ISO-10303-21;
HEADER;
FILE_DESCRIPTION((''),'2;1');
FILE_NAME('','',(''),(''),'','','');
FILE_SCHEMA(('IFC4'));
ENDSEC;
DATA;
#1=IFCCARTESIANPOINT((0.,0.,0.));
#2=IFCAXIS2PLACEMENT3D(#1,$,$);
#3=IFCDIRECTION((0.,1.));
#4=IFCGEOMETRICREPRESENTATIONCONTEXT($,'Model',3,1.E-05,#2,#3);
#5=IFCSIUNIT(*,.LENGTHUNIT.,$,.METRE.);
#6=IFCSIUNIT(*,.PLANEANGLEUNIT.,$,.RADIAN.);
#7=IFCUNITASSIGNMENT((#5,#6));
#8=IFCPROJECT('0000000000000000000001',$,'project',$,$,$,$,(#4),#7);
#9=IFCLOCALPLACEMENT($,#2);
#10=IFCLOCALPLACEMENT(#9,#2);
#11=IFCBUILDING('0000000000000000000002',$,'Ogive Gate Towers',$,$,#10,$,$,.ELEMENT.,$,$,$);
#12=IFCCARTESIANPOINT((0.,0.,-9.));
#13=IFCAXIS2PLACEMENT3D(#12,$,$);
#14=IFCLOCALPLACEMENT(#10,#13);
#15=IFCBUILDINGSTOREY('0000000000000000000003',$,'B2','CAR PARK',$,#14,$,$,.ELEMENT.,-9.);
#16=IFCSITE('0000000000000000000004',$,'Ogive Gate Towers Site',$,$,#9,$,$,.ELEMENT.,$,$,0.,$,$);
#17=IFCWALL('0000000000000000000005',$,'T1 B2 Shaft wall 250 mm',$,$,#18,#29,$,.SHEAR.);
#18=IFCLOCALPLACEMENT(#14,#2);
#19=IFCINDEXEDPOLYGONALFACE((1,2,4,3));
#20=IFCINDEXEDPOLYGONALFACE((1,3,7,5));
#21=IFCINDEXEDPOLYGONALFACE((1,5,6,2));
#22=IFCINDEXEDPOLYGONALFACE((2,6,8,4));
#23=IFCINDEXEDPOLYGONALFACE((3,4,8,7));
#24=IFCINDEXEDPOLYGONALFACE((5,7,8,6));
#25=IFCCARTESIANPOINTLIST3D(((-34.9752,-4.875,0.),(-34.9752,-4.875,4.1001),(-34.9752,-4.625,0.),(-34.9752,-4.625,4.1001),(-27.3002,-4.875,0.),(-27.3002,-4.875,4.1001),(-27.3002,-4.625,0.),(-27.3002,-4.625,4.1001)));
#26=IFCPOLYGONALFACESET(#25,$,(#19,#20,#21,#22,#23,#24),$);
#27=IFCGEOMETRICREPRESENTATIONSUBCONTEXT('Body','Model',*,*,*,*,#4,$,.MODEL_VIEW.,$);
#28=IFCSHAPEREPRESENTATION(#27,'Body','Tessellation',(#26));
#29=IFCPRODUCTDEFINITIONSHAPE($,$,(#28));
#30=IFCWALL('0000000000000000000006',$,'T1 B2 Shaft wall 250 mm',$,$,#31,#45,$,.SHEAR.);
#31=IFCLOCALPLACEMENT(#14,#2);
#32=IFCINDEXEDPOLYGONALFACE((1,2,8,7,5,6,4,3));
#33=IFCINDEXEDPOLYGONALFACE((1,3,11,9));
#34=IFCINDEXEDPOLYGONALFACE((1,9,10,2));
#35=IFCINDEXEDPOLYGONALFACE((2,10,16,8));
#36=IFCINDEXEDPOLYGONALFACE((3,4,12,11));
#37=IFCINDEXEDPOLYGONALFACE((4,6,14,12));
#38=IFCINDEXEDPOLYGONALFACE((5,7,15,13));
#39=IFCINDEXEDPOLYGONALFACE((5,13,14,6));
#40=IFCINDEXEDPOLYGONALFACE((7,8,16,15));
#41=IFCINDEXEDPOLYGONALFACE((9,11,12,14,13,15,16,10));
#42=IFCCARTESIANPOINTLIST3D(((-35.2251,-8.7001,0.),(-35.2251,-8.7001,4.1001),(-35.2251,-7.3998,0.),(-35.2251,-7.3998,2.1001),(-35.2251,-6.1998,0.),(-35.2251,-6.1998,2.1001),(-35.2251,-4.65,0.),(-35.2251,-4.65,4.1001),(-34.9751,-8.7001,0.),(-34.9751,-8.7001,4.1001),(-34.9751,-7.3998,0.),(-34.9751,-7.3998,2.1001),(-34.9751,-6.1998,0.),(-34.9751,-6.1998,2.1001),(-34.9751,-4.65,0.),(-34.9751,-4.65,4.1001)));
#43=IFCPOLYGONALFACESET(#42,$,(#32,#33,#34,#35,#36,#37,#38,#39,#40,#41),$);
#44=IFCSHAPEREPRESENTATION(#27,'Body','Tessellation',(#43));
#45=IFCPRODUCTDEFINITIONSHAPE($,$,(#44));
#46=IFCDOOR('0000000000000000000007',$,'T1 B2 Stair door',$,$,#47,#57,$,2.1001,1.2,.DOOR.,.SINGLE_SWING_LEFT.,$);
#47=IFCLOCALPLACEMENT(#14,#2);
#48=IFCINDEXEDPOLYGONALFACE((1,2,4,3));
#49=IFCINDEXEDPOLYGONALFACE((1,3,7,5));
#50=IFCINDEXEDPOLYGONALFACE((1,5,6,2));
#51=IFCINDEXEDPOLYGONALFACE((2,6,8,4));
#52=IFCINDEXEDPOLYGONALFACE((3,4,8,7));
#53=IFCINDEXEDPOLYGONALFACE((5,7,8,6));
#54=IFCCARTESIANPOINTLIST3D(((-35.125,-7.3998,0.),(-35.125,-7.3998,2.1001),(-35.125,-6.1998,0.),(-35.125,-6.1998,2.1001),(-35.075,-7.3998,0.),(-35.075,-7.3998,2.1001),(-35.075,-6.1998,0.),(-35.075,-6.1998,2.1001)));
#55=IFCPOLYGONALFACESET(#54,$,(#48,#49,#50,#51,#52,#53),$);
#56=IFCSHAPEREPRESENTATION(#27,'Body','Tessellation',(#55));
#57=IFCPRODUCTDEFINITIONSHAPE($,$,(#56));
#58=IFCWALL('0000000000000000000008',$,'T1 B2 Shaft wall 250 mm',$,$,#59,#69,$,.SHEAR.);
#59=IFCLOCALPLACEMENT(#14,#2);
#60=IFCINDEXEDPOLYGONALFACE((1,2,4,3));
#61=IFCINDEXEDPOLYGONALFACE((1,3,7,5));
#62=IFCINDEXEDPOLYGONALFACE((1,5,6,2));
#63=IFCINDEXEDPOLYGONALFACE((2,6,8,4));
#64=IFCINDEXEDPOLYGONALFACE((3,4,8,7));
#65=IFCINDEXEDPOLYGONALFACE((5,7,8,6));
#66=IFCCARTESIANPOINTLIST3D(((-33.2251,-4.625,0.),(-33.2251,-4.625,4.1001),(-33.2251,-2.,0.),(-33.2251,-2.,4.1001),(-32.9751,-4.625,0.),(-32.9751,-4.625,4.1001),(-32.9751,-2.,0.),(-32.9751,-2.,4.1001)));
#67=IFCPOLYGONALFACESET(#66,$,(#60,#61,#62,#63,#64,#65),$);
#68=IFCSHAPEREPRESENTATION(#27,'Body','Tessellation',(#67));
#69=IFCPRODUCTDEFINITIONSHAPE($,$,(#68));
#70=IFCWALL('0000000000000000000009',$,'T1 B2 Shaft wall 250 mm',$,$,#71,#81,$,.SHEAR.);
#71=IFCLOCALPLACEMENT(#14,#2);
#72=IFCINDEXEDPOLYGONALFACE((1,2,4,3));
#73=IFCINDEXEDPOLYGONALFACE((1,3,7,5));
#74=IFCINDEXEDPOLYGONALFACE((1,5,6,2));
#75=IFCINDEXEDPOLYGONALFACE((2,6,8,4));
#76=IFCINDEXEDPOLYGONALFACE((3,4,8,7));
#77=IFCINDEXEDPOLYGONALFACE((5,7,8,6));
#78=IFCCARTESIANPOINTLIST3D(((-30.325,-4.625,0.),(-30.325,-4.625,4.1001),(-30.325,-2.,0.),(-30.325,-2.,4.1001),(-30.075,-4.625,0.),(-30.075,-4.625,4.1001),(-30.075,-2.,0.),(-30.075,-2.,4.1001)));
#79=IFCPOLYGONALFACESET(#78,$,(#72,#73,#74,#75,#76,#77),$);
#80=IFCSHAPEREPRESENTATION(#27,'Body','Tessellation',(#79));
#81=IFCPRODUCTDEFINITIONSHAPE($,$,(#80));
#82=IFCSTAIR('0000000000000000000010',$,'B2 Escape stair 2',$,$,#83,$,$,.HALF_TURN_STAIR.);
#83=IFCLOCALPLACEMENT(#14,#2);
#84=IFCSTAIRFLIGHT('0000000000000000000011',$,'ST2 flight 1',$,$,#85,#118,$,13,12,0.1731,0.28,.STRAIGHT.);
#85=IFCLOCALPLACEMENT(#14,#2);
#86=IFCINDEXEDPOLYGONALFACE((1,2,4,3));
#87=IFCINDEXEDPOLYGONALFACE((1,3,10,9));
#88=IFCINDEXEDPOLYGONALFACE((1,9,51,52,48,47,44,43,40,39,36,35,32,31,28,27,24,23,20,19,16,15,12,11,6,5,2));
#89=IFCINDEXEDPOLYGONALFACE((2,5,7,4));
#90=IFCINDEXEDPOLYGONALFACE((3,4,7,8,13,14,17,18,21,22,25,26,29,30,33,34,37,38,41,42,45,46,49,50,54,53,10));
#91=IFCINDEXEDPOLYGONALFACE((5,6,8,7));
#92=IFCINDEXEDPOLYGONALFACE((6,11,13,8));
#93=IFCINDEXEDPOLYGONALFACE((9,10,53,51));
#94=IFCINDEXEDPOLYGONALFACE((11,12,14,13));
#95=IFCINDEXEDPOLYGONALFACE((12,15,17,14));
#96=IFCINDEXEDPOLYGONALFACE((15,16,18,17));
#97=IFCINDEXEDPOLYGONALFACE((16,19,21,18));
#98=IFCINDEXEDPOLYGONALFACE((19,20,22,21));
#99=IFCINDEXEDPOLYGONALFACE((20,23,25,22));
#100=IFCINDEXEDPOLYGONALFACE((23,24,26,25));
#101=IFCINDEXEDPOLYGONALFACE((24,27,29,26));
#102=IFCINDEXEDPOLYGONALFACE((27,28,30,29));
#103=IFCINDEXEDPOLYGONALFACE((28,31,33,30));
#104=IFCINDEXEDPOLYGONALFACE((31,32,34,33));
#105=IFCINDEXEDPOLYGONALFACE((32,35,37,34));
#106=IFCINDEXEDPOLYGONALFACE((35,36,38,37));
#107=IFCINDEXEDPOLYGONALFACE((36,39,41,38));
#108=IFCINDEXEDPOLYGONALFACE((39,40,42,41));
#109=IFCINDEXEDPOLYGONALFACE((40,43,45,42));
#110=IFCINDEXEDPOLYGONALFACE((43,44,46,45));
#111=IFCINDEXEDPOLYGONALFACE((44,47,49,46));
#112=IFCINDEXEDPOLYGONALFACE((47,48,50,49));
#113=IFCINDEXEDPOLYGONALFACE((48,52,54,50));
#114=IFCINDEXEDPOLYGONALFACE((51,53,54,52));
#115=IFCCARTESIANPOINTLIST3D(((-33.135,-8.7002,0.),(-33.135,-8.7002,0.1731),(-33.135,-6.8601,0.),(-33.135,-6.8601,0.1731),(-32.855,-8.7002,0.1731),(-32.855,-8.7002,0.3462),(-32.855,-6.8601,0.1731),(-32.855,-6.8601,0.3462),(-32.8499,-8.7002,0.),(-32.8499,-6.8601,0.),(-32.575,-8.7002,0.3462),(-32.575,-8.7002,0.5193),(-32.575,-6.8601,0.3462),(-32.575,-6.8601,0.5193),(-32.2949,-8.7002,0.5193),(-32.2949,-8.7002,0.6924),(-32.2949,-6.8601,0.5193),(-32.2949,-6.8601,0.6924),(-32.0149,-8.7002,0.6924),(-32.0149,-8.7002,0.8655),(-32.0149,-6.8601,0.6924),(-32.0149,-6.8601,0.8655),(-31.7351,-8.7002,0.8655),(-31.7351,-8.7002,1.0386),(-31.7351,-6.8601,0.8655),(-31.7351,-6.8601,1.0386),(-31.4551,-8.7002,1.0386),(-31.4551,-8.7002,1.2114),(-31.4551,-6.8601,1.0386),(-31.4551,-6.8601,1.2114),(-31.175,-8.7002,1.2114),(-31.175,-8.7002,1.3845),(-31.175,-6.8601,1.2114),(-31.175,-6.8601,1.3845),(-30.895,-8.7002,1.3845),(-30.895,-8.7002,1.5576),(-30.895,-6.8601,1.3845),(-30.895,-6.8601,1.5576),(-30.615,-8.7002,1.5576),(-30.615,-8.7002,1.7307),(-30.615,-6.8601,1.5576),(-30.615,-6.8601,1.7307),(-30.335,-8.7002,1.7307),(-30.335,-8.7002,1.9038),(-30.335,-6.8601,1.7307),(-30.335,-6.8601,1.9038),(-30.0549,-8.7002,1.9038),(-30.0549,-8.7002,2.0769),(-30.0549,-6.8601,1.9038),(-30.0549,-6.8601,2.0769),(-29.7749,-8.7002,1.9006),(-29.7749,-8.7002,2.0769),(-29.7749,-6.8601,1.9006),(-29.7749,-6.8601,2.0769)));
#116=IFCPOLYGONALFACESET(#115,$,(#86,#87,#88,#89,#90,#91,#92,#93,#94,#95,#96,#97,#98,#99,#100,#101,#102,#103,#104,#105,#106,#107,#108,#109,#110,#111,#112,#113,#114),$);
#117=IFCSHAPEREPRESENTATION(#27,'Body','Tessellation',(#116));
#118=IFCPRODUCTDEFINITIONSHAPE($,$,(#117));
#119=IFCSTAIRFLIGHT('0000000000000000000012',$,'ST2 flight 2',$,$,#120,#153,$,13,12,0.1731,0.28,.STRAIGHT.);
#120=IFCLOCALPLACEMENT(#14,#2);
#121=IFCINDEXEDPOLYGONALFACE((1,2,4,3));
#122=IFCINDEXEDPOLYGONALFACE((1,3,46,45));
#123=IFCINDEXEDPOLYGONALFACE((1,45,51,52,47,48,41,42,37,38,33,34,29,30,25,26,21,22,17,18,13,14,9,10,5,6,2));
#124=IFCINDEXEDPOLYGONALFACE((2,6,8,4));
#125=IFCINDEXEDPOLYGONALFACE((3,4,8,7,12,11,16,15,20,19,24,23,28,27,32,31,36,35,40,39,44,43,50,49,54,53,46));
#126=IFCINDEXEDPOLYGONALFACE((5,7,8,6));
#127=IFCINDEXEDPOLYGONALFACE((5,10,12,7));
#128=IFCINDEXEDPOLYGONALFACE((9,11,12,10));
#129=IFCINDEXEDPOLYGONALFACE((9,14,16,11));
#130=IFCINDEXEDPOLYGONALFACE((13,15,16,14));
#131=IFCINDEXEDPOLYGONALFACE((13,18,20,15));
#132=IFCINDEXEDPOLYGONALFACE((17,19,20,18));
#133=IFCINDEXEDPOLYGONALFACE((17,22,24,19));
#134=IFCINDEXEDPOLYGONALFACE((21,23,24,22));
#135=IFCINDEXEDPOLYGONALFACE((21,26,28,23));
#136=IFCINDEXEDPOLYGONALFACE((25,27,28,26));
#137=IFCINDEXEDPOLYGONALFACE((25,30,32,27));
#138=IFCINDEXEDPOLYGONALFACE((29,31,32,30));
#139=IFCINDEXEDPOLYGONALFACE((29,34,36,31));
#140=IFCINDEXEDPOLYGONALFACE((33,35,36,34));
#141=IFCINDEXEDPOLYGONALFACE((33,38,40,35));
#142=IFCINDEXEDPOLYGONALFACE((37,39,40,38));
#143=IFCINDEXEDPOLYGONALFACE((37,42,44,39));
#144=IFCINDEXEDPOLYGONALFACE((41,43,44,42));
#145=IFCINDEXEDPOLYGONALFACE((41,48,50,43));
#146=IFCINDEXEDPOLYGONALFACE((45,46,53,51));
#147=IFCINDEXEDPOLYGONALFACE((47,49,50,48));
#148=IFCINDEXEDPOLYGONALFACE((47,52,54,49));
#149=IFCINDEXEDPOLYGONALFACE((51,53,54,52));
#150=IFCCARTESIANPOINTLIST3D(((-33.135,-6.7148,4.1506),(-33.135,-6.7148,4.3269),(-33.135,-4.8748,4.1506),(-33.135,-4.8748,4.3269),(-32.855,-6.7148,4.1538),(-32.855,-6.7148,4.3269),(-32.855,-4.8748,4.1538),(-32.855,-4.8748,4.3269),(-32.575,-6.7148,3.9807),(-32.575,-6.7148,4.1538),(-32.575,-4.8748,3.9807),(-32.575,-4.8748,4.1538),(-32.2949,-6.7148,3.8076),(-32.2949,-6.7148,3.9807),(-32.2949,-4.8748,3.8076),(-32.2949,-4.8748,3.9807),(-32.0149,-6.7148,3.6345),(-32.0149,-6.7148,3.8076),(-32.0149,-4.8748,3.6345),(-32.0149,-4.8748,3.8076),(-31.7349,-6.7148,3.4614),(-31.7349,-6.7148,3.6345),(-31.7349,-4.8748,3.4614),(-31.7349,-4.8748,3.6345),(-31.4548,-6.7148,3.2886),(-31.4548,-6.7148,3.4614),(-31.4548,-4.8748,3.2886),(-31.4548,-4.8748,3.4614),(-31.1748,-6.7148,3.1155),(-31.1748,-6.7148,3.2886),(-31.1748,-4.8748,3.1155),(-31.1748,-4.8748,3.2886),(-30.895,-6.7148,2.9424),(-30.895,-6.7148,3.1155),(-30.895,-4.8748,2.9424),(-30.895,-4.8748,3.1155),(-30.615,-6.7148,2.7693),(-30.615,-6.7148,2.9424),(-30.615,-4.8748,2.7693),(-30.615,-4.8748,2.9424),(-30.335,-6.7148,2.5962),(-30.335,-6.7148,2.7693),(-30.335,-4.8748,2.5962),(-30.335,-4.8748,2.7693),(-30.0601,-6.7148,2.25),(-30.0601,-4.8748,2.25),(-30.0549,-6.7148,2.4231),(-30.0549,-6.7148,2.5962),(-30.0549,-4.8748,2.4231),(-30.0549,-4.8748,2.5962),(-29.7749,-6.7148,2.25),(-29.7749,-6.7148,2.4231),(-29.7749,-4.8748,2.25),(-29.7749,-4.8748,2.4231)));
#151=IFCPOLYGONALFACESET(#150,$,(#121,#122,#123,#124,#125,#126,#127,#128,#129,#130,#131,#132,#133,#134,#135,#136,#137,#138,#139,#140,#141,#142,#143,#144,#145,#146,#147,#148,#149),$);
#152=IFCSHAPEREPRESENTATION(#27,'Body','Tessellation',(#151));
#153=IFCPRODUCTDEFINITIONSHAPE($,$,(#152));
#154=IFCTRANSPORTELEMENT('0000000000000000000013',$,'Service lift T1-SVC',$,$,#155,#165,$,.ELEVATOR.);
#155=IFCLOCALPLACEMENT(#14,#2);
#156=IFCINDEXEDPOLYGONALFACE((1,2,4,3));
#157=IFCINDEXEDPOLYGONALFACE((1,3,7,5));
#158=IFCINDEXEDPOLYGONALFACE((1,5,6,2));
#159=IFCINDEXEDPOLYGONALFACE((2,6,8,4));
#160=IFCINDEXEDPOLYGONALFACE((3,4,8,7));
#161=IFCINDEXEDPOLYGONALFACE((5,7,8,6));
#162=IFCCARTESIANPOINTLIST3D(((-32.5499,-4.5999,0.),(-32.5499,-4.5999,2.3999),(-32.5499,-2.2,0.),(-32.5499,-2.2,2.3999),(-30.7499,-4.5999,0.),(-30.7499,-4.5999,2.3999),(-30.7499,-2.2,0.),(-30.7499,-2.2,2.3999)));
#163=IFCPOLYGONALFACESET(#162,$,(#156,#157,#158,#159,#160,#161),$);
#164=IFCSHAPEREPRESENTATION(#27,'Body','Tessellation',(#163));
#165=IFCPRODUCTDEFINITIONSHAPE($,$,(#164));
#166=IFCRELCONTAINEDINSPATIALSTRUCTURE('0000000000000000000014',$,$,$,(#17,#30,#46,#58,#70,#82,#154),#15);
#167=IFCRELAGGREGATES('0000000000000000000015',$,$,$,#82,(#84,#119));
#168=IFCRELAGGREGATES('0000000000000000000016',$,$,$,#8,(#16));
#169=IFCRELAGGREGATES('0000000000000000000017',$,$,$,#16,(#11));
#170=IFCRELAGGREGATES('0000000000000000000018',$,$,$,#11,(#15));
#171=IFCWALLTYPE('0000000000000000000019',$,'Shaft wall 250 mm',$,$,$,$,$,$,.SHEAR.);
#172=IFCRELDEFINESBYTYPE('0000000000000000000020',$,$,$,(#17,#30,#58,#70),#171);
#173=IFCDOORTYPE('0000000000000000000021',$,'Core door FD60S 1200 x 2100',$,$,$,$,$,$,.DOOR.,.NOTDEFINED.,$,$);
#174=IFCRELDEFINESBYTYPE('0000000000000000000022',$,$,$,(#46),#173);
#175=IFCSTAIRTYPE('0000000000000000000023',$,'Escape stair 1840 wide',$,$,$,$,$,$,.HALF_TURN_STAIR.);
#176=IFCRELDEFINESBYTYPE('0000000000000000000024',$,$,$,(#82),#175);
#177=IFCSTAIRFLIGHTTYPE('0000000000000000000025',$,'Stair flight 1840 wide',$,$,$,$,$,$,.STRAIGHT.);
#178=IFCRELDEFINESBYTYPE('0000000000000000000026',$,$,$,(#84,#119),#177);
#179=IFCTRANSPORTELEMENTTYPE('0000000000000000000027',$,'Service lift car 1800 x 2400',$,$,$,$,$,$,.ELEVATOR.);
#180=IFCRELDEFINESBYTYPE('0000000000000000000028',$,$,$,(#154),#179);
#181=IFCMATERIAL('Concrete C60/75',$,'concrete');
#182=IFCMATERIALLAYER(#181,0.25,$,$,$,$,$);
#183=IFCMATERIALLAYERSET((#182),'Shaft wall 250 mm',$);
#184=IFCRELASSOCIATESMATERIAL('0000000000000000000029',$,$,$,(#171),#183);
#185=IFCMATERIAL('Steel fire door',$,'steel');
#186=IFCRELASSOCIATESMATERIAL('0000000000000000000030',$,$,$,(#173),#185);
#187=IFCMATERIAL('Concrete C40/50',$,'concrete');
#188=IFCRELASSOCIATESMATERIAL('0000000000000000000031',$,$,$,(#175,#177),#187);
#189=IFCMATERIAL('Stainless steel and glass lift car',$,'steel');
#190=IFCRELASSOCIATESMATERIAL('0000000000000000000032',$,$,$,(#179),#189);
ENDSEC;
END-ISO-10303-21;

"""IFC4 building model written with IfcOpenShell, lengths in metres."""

from ifc_helpers import new_model, si_unit, direction, frame, frame_2d, origin, origin_2d, place, context, subcontext, project, spatial, polyline, rectangle, outline, extrude, material, layer, layer_set, type_object, element, fill, aggregate, save


model = new_model("IFC4")

# Units and contexts
model_context = context("Model", 3, precision=1e-05, world=origin(), true_north=direction((0.0, 1.0)))
body_context = subcontext(model_context, "Body", "Model", "MODEL_VIEW")
ifc_project = project(units=[si_unit("LENGTHUNIT", "METRE"), si_unit("PLANEANGLEUNIT", "RADIAN")], contexts=[model_context])

# Site, building, storey
site_placement = place(None, origin())
site = spatial("IfcSite", under=ifc_project, at=site_placement, Name="Ogive Gate Towers Site", CompositionType="ELEMENT", RefElevation=0.0)
building_placement = place(site_placement, origin())
building = spatial("IfcBuilding", under=site, at=building_placement, Name="Ogive Gate Towers", CompositionType="ELEMENT")
storey_placement = place(building_placement, frame((0.0, 0.0, -9.0)))
storey = spatial("IfcBuildingStorey", under=building, at=storey_placement, Name="B2", Description="CAR PARK", CompositionType="ELEMENT", Elevation=-9.0)

# Shared definitions
ifc_material_1 = material(Name="Concrete C40/50", Category="concrete")

# Shared definitions
ifc_material_2 = material(Name="Concrete C60/75", Category="concrete")
ifc_material_3 = material(Name="Steel fire door", Category="steel")

# Wall
ifc_layer_1 = layer(ifc_material_2, 0.25)
ifc_layer_set_1 = layer_set([ifc_layer_1], Name="Shaft wall 250 mm")
wall_type_1 = type_object("IfcWallType", Name="Shaft wall 250 mm", PredefinedType="SHEAR", material=ifc_layer_set_1)
wall_1_placement = place(storey_placement, frame((-34.9751, -4.75, 0.0), z_axis=(0.0, 0.0, 1.0), x_axis=(1.0, 0.0, 0.0)))
element("IfcWall", 1, at=wall_1_placement, inside=storey, type_object=wall_type_1, Name="T1 B2 Shaft wall 250 mm", PredefinedType="SHEAR", context=body_context, shape_type="SweptSolid", body=[
    extrude(rectangle(XDim=7.675, YDim=0.25, at=frame_2d((3.8374, 0.0))), origin(), (0.0, 0.0, 1.0), 4.1001),
])

# Wall, opening, door
wall_2_placement = place(storey_placement, frame((-35.1001, -8.7, 0.0), z_axis=(0.0, 0.0, 1.0), x_axis=(0.0, 1.0, 0.0)))
wall_2 = element("IfcWall", 2, at=wall_2_placement, inside=storey, type_object=wall_type_1, Name="T1 B2 Shaft wall 250 mm", PredefinedType="SHEAR", context=body_context, shape_type="SweptSolid", body=[
    extrude(rectangle(XDim=4.05, YDim=0.25, at=frame_2d((2.0249, 0.0))), origin(), (0.0, 0.0, 1.0), 4.1001),
])
opening_1_placement = place(wall_2_placement, frame((1.3, 0.0, 0.0)))
opening_1 = element("IfcOpeningElement", 3, at=opening_1_placement, cuts=wall_2, PredefinedType="OPENING", context=body_context, shape_type="SweptSolid", body=[
    extrude(rectangle(XDim=1.2, YDim=2.1001, at=frame_2d((0.6001, 1.05))), frame((0.0, 0.135, 0.0), z_axis=(0.0, -1.0, 0.0), x_axis=(1.0, 0.0, 0.0)), (0.0, 0.0, 1.0), 0.27),
])
door_type_1 = type_object("IfcDoorType", Name="Core door FD60S 1200 x 2100", OperationType="NOTDEFINED", PredefinedType="DOOR", material=ifc_material_3)
door_1_placement = place(opening_1_placement, origin())
door_1 = element("IfcDoor", 4, at=door_1_placement, inside=storey, type_object=door_type_1, Name="T1 B2 Stair door", OperationType="SINGLE_SWING_LEFT", OverallHeight=2.1001, OverallWidth=1.2, PredefinedType="DOOR", context=body_context, shape_type="SweptSolid", body=[
    extrude(rectangle(XDim=1.2, YDim=2.1001, at=frame_2d((0.6001, 1.05))), frame((0.0, 0.0249, 0.0), z_axis=(0.0, -1.0, 0.0), x_axis=(1.0, 0.0, 0.0)), (0.0, 0.0, 1.0), 0.05),
])
fill(opening_1, door_1)

# Walls
for number, where, z_axis, x_axis, name in (
    (5, (-33.1001, -4.625, 0.0), (0.0, 0.0, 1.0), (0.0, 1.0, 0.0), "T1 B2 Shaft wall 250 mm"),
    (6, (-30.2, -4.625, 0.0), (0.0, 0.0, 1.0), (0.0, 1.0, 0.0), "T1 B2 Shaft wall 250 mm"),
):
    element("IfcWall", number, at=place(storey_placement, frame(where, z_axis=z_axis, x_axis=x_axis)), inside=storey, type_object=wall_type_1, Name=name, PredefinedType="SHEAR", context=body_context, shape_type="SweptSolid", body=[
        extrude(rectangle(XDim=2.625, YDim=0.25, at=frame_2d((1.3125, 0.0))), origin(), (0.0, 0.0, 1.0), 4.1001),
    ])

# Stair, stair flights
stair_type = type_object("IfcStairType", Name="Escape stair 1840 wide", PredefinedType="HALF_TURN_STAIR", material=ifc_material_1)
stair_placement = place(storey_placement, origin())
stair = element("IfcStair", 7, at=stair_placement, inside=storey, type_object=stair_type, Name="B2 Escape stair 2", PredefinedType="HALF_TURN_STAIR")
stair_flight_type = type_object("IfcStairFlightType", Name="Stair flight 1840 wide", PredefinedType="STRAIGHT", material=ifc_material_1)
stair_flight_1_placement = place(storey_placement, frame((-33.135, -7.78, 0.0), z_axis=(0.0, 0.0, 1.0), x_axis=(1.0, 0.0, 0.0)))
stair_flight_1 = element("IfcStairFlight", 8, at=stair_flight_1_placement, type_object=stair_flight_type, Name="ST2 flight 1", NumberOfRisers=13, NumberOfTreads=12, PredefinedType="STRAIGHT", RiserHeight=0.1731, TreadLength=0.28, context=body_context, shape_type="SweptSolid", body=[
    extrude(outline(polyline([(0.0, 0.0), (0.0, 0.1731), (0.28, 0.1731), (0.28, 0.3462), (0.5601, 0.3462), (0.5601, 0.5193), (0.8401, 0.5193), (0.8401, 0.6924), (1.1201, 0.6924), (1.1201, 0.8655), (1.3999, 0.8655), (1.3999, 1.0386), (1.6799, 1.0386), (1.6799, 1.2114), (1.96, 1.2114), (1.96, 1.3845), (2.24, 1.3845), (2.24, 1.5576), (2.52, 1.5576), (2.52, 1.7307), (2.8, 1.7307), (2.8, 1.9038), (3.0801, 1.9038), (3.0801, 2.0769), (3.3601, 2.0769), (3.3601, 2.25), (3.3601, 1.9006), (0.2852, 0.0), (0.0, 0.0)])), frame((0.0, 0.9199, 0.0), z_axis=(0.0, -1.0, 0.0), x_axis=(1.0, 0.0, 0.0)), (0.0, 0.0, 1.0), 1.8401),
])
stair_flight_2_placement = place(storey_placement, frame((-29.7749, -5.7949, 2.25), z_axis=(0.0, 0.0, 1.0), x_axis=(-1.0, 0.0, 0.0)))
stair_flight_2 = element("IfcStairFlight", 9, at=stair_flight_2_placement, type_object=stair_flight_type, Name="ST2 flight 2", NumberOfRisers=13, NumberOfTreads=12, PredefinedType="STRAIGHT", RiserHeight=0.1731, TreadLength=0.28, context=body_context, shape_type="SweptSolid", body=[
    extrude(outline(polyline([(0.0, 0.0), (0.0, 0.1731), (0.28, 0.1731), (0.28, 0.3462), (0.5601, 0.3462), (0.5601, 0.5193), (0.8401, 0.5193), (0.8401, 0.6924), (1.1201, 0.6924), (1.1201, 0.8655), (1.3999, 0.8655), (1.3999, 1.0386), (1.6799, 1.0386), (1.6799, 1.2114), (1.96, 1.2114), (1.96, 1.3845), (2.24, 1.3845), (2.24, 1.5576), (2.52, 1.5576), (2.52, 1.7307), (2.8, 1.7307), (2.8, 1.9038), (3.0801, 1.9038), (3.0801, 2.0769), (3.3601, 2.0769), (3.3601, 2.25), (3.3601, 1.9006), (0.2852, 0.0), (0.0, 0.0)])), frame((0.0, 0.9199, 0.0), z_axis=(0.0, -1.0, 0.0), x_axis=(1.0, 0.0, 0.0)), (0.0, 0.0, 1.0), 1.8401),
])
aggregate(stair, [stair_flight_1, stair_flight_2])

# Transport element
ifc_material_4 = material(Name="Stainless steel and glass lift car", Category="steel")
transport_element_type = type_object("IfcTransportElementType", Name="Service lift car 1800 x 2400", PredefinedType="ELEVATOR", material=ifc_material_4)
transport_element_placement = place(storey_placement, frame((-31.6499, -3.3999, 0.0), z_axis=(0.0, 0.0, 1.0), x_axis=(1.0, 0.0, 0.0)))
element("IfcTransportElement", 10, at=transport_element_placement, inside=storey, type_object=transport_element_type, Name="Service lift T1-SVC", PredefinedType="ELEVATOR", context=body_context, shape_type="SweptSolid", body=[
    extrude(rectangle(XDim=1.8, YDim=2.3999, at=origin_2d()), origin(), (0.0, 0.0, 1.0), 2.3999),
])

save(model, "model.ifc")
